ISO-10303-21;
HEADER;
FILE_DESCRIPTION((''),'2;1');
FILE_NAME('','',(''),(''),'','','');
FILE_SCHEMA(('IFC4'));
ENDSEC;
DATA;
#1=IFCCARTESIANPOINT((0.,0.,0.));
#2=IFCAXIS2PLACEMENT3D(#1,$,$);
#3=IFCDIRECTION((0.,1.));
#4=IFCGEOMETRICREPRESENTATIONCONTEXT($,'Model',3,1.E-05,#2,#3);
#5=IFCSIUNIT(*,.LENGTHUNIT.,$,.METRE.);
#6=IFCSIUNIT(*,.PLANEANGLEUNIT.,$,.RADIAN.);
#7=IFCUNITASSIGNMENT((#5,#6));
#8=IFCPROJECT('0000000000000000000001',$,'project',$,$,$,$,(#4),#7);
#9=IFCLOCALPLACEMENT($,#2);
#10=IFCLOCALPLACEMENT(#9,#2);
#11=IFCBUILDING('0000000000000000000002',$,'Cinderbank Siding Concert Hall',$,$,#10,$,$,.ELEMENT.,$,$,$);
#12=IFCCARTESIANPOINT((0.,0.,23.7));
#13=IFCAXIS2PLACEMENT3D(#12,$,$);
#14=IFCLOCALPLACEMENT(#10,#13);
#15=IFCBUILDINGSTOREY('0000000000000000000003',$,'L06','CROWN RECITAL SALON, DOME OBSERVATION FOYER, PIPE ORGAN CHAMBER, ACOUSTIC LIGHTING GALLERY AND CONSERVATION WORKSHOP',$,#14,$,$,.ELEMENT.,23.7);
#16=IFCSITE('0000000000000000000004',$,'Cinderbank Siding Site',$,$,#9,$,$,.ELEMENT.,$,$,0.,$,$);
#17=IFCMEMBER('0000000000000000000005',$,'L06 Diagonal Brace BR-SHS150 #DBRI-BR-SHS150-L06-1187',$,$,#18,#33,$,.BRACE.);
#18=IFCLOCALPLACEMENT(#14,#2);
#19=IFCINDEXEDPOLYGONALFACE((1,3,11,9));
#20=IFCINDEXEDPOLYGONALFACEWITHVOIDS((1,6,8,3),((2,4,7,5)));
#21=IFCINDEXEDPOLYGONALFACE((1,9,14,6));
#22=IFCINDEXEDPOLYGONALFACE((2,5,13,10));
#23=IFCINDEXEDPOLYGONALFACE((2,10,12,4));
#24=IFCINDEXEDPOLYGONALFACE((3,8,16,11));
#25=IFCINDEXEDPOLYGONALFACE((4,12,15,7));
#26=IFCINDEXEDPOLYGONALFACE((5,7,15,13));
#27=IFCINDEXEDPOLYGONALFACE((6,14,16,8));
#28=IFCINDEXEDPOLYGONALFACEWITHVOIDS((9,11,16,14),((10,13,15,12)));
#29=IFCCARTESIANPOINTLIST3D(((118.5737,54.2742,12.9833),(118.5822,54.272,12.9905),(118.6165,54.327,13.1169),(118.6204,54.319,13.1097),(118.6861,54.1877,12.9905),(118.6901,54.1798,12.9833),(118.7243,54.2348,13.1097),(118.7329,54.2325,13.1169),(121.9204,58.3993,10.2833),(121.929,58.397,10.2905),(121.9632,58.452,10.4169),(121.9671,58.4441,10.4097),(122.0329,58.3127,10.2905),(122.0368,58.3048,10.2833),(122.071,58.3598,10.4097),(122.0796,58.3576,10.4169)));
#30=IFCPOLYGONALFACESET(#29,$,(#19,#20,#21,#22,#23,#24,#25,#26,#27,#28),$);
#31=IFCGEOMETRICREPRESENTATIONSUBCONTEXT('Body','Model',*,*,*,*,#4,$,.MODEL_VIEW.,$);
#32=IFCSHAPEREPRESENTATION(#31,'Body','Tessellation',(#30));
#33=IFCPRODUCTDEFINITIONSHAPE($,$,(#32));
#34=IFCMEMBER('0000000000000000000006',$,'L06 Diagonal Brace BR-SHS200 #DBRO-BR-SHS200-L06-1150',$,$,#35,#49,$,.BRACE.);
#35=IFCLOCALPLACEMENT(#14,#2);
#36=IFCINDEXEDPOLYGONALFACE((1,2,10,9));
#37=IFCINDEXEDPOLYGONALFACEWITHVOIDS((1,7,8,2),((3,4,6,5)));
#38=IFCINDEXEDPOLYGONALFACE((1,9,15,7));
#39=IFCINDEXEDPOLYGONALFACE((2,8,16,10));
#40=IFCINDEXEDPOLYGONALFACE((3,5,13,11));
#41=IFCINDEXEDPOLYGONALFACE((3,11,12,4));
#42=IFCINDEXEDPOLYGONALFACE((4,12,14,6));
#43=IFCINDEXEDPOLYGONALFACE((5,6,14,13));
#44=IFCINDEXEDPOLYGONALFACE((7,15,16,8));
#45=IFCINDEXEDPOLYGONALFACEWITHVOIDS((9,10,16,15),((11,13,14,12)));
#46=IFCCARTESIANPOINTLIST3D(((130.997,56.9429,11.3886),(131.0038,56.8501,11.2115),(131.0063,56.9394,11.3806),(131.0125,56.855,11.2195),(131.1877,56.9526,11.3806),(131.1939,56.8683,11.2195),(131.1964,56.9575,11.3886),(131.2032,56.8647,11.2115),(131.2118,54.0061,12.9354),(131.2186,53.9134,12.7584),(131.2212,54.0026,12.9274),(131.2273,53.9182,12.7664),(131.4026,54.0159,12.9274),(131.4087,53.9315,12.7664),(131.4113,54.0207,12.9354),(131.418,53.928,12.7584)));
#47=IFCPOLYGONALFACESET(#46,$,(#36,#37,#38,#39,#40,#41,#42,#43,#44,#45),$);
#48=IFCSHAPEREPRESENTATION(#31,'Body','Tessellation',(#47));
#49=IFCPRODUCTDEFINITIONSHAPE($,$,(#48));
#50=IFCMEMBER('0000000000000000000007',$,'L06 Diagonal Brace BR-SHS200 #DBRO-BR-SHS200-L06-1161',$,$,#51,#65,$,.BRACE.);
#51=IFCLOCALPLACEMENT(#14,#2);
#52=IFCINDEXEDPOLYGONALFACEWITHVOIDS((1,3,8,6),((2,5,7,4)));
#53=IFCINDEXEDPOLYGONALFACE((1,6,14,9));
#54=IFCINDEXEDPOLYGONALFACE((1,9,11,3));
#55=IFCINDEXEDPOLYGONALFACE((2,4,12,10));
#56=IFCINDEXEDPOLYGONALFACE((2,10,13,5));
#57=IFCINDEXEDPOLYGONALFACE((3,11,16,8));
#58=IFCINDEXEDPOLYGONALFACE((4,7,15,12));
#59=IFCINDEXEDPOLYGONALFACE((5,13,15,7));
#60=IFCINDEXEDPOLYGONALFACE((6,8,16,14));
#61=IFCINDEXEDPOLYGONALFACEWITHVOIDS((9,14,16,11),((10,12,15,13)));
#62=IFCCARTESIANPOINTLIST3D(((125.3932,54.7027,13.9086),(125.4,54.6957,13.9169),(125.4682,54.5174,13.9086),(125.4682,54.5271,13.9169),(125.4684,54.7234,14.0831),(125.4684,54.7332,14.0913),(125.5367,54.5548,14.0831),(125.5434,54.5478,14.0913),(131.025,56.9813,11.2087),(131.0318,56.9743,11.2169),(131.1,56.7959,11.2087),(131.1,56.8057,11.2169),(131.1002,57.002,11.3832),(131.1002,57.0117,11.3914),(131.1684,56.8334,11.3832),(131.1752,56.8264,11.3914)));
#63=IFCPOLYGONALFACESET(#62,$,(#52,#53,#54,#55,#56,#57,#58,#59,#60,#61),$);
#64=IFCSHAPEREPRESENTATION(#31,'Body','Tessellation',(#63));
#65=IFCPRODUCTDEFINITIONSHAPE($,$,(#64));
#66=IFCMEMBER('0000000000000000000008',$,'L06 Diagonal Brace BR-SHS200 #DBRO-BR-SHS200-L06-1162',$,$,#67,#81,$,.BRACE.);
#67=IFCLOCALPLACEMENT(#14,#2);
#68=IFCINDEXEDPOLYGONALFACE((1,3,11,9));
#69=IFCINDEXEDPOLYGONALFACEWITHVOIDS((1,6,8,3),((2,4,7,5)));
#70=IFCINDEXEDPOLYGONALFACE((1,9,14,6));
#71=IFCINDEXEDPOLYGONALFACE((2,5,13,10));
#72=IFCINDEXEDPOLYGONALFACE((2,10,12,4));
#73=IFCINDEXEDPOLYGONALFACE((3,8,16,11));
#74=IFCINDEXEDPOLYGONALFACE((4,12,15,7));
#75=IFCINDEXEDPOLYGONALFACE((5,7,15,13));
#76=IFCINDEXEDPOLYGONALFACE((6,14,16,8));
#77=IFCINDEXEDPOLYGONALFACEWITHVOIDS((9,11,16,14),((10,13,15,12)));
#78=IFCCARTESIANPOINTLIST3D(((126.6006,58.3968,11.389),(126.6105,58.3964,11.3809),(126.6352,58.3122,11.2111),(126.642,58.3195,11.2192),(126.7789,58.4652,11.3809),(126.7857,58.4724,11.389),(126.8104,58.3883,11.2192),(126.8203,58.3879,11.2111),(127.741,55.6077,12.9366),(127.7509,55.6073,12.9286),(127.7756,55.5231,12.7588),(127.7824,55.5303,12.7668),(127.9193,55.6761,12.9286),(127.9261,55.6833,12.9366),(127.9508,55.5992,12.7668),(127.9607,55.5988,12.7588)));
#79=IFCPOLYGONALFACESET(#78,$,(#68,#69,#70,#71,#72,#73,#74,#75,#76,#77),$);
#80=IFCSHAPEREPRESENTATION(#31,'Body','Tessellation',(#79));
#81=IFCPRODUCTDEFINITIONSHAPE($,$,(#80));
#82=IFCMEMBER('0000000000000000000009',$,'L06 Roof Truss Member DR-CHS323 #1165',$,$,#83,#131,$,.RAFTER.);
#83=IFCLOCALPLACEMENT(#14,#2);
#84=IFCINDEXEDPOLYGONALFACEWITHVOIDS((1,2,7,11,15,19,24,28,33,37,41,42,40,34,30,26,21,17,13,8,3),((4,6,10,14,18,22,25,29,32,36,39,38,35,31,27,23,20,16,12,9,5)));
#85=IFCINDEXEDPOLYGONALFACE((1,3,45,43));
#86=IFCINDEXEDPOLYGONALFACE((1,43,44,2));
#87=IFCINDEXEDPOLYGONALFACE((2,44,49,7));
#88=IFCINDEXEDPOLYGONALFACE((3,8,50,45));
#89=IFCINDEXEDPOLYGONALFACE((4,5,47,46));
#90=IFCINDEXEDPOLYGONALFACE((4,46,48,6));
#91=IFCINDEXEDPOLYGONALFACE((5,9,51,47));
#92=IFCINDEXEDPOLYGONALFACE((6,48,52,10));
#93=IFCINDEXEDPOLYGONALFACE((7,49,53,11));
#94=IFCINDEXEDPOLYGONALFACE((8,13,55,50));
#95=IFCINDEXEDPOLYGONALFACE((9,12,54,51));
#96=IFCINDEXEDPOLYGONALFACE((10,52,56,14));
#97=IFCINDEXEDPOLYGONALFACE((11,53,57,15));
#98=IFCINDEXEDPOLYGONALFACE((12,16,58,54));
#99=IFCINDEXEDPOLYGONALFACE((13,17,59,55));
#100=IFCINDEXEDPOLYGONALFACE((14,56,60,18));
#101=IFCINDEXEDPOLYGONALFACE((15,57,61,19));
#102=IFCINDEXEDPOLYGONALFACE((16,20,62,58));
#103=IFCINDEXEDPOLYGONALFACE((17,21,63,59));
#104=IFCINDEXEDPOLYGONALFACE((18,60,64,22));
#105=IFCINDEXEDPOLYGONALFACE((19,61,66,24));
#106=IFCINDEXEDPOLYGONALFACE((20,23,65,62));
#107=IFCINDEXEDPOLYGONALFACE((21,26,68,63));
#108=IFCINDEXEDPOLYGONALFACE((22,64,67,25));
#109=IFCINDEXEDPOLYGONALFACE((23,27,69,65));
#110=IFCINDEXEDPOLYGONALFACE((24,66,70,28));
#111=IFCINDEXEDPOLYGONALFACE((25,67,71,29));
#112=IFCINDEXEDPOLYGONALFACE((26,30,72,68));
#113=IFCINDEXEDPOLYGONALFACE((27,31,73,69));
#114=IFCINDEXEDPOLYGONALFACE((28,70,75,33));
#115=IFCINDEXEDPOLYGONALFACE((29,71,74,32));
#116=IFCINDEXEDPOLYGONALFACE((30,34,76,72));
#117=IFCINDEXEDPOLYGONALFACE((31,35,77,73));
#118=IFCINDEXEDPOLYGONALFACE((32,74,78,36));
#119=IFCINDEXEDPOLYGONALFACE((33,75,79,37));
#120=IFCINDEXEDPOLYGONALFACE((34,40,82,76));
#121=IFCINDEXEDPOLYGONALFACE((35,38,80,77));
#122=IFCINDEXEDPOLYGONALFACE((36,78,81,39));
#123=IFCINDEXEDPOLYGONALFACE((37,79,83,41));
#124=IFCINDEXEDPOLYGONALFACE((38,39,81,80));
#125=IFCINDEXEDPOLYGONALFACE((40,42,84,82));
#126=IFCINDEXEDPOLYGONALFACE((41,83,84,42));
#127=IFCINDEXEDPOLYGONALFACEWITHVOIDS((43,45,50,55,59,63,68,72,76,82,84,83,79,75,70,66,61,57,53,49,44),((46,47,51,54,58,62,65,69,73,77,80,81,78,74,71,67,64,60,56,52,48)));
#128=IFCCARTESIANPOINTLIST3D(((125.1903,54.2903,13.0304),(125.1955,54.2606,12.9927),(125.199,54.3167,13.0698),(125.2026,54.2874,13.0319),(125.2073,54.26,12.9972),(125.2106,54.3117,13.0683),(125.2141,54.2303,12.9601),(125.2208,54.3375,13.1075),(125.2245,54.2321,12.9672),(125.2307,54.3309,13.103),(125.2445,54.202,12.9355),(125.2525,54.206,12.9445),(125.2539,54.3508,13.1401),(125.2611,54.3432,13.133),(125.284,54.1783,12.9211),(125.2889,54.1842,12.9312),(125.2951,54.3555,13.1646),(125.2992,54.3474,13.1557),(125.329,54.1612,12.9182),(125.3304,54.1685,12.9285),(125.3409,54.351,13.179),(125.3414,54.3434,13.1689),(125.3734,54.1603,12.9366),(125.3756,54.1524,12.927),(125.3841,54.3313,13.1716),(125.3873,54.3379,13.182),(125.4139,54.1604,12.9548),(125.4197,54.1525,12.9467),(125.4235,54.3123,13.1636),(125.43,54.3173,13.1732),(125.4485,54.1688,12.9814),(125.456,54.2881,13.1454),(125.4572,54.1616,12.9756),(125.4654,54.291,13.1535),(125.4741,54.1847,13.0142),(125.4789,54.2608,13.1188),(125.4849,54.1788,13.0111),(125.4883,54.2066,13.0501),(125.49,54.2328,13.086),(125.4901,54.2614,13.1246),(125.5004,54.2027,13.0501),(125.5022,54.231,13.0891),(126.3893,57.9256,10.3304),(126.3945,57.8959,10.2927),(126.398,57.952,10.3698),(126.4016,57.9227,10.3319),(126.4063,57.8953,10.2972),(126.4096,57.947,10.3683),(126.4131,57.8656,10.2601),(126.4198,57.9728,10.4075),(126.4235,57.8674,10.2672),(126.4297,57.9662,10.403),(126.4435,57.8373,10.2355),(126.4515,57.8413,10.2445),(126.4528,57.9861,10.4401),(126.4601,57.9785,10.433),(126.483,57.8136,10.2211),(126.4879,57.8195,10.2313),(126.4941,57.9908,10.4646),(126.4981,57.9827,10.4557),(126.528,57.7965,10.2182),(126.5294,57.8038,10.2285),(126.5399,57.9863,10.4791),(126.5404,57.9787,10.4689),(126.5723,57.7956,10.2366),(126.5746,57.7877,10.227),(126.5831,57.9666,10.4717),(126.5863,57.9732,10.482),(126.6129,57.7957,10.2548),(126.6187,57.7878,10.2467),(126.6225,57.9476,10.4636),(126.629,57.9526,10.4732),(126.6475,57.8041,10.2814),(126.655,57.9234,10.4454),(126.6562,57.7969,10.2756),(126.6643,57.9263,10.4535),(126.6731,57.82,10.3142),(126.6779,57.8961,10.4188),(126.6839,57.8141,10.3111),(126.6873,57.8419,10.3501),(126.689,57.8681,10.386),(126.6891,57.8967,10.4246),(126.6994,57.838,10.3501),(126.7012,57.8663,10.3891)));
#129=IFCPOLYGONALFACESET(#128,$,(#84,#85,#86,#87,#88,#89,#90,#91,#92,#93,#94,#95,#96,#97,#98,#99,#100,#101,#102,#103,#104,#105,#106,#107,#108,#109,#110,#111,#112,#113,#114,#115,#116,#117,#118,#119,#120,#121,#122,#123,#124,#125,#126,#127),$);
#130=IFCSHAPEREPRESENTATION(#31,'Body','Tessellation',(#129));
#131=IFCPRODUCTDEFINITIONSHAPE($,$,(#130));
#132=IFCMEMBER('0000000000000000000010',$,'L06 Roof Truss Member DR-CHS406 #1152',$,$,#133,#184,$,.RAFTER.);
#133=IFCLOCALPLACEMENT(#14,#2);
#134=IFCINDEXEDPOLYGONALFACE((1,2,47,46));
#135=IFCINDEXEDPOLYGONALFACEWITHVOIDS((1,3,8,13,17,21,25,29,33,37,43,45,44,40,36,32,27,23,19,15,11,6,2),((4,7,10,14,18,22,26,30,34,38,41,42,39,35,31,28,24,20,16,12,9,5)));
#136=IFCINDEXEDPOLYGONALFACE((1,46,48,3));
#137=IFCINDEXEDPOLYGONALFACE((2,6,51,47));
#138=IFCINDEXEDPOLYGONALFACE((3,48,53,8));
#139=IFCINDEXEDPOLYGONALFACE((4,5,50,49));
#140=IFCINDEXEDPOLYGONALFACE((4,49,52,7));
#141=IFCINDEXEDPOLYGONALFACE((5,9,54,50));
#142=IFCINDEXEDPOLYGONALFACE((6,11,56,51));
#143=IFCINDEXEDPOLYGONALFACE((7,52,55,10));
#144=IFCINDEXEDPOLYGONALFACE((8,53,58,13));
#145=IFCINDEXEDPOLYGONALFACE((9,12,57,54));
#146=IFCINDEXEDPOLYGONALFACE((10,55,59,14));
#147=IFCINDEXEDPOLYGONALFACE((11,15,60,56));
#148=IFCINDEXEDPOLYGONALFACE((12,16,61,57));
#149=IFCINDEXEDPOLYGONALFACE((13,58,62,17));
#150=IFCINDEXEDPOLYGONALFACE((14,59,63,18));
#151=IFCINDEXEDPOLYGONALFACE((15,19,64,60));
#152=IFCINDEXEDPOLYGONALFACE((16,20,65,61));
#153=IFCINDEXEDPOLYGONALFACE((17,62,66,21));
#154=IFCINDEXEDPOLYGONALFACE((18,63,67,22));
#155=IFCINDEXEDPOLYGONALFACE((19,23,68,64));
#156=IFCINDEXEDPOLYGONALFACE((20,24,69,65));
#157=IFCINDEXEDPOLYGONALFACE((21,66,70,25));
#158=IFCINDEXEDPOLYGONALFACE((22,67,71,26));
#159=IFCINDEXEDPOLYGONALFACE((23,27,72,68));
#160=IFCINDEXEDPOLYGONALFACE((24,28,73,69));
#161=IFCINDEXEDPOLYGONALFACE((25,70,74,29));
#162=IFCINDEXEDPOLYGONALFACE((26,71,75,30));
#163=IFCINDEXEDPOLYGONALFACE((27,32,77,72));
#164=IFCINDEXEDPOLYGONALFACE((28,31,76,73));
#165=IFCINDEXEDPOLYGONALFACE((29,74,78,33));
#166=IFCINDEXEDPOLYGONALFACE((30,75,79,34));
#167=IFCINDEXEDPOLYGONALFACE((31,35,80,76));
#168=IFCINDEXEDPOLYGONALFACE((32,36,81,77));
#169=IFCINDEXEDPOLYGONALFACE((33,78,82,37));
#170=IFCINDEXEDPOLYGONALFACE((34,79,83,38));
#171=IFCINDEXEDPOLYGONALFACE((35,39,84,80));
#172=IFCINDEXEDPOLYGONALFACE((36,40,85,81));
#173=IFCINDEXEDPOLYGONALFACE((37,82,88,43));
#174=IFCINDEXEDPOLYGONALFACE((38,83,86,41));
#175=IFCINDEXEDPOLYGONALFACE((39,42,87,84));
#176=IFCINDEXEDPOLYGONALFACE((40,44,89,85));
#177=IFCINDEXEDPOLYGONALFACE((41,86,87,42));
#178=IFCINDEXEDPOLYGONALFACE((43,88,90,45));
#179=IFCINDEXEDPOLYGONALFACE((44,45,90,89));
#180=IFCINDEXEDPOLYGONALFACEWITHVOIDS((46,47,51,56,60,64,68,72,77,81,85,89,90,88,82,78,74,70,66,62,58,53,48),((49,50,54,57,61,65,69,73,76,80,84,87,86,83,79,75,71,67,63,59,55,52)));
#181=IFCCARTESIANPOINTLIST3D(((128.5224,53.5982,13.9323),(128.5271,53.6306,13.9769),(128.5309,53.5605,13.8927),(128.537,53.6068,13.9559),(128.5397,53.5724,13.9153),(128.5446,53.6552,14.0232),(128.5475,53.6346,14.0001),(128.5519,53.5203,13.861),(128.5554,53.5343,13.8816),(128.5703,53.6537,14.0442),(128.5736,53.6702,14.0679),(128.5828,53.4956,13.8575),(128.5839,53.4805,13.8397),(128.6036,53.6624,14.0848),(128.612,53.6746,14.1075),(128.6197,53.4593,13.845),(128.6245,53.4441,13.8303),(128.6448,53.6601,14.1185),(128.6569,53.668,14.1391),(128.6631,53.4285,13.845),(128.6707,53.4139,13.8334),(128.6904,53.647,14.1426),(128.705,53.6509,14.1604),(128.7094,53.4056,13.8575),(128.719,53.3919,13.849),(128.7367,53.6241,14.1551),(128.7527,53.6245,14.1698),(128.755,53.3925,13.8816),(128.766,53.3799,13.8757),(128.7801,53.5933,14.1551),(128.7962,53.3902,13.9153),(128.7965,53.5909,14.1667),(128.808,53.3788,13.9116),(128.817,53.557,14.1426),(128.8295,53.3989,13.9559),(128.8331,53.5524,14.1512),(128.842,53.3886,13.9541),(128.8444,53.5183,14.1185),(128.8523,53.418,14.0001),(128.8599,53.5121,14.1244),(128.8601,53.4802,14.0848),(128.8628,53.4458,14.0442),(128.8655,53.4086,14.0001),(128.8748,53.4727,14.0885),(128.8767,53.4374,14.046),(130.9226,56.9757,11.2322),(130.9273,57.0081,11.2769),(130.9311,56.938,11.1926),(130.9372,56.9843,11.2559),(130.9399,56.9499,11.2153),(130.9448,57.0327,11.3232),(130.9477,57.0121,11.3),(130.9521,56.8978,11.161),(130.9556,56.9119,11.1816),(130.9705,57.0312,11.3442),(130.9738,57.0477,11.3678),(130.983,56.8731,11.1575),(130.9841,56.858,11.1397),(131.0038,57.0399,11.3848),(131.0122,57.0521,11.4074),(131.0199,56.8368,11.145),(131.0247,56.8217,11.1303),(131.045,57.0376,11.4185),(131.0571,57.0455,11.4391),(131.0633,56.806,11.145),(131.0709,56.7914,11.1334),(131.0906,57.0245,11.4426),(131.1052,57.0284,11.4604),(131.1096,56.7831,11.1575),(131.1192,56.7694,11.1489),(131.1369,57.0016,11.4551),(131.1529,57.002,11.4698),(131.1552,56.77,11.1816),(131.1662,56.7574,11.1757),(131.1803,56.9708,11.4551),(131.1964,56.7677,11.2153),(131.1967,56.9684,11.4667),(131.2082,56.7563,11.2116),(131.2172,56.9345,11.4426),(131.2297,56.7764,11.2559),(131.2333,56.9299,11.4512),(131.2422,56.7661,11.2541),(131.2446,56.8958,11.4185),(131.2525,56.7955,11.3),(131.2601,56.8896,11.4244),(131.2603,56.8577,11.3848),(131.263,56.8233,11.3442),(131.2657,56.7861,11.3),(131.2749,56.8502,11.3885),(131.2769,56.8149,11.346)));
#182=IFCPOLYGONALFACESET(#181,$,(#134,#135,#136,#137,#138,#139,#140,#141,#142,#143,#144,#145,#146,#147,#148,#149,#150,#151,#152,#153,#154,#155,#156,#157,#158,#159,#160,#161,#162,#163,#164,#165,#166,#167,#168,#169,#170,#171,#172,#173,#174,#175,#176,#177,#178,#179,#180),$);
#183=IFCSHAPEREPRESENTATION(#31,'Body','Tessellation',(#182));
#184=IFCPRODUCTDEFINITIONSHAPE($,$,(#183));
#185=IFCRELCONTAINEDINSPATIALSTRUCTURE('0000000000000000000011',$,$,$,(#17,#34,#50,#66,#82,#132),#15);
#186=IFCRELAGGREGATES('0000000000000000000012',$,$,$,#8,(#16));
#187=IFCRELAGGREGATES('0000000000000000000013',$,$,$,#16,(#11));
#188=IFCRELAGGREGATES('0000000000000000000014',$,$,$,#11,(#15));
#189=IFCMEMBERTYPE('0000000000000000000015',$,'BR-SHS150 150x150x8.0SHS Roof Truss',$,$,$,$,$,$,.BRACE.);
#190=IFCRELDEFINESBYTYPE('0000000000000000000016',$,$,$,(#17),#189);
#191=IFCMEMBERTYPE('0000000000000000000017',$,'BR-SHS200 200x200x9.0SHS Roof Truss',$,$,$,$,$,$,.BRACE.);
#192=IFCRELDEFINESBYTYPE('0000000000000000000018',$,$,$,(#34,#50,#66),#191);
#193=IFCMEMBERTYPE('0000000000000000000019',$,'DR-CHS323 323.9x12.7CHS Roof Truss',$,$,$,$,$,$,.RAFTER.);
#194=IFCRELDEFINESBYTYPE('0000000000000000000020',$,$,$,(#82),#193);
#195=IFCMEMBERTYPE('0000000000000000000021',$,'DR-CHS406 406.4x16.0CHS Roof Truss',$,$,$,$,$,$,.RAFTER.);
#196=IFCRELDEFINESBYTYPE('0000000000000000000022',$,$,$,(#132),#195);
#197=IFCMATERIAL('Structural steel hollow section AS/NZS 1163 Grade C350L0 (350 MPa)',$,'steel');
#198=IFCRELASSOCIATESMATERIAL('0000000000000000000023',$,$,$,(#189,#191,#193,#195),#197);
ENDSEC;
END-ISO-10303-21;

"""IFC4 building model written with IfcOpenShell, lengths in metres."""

from ifc_helpers import new_model, si_unit, direction, frame, origin, origin_2d, place, context, subcontext, project, spatial, hollow_rectangle, hollow_circle, extrude, material, material_profile, profile_set, type_object, element, save


model = new_model("IFC4")

# Units and contexts
model_context = context("Model", 3, precision=1e-05, world=origin(), true_north=direction((0.0, 1.0)))
body_context = subcontext(model_context, "Body", "Model", "MODEL_VIEW")
ifc_project = project(units=[si_unit("LENGTHUNIT", "METRE"), si_unit("PLANEANGLEUNIT", "RADIAN")], contexts=[model_context])

# Site, building, storey
site_placement = place(None, origin())
site = spatial("IfcSite", under=ifc_project, at=site_placement, Name="Cinderbank Siding Site", CompositionType="ELEMENT", RefElevation=0.0)
building_placement = place(site_placement, origin())
building = spatial("IfcBuilding", under=site, at=building_placement, Name="Cinderbank Siding Concert Hall", CompositionType="ELEMENT")
storey_placement = place(building_placement, frame((0.0, 0.0, 23.7)))
storey = spatial("IfcBuildingStorey", under=building, at=storey_placement, Name="L06", Description="CROWN RECITAL SALON, DOME OBSERVATION FOYER, PIPE ORGAN CHAMBER, ACOUSTIC LIGHTING GALLERY AND CONSERVATION WORKSHOP", CompositionType="ELEMENT", Elevation=23.7)

# Members
ifc_material_1 = material(Name="Structural steel hollow section AS/NZS 1163 Grade C350L0 (350 MPa)", Category="steel")
ifc_material_profile_1 = material_profile(ifc_material_1, hollow_rectangle(XDim=0.1499, YDim=0.1499, WallThickness=0.0081, at=origin_2d()), Name="150x150x8.0SHS", Category="LoadBearing")
ifc_profile_set_1 = profile_set([ifc_material_profile_1], Name="Structural steel hollow section AS/NZS 1163 Grade C350L0 (350 MPa)")
member_type_1 = type_object("IfcMemberType", Name="BR-SHS150 150x150x8.0SHS Roof Truss", PredefinedType="BRACE", material=ifc_profile_set_1)
member_1_placement = place(storey_placement, frame((122.0, 58.3784, 10.3501), z_axis=(-0.56165, -0.69227, 0.453114), x_axis=(0.776564, -0.630039, 0.0)))
element("IfcMember", 1, at=member_1_placement, inside=storey, type_object=member_type_1, Name="L06 Diagonal Brace BR-SHS150 #DBRI-BR-SHS150-L06-1187", PredefinedType="BRACE", context=body_context, shape_type="SweptSolid", body=[
    extrude(hollow_rectangle(XDim=0.1499, YDim=0.1499, WallThickness=0.0081, at=origin_2d()), origin(), (0.0, 0.0, 1.0), 5.9587),
])
ifc_material_profile_2 = material_profile(ifc_material_1, hollow_rectangle(XDim=0.2, YDim=0.2, WallThickness=0.009, at=origin_2d()), Name="200x200x9.0SHS", Category="LoadBearing")
ifc_profile_set_2 = profile_set([ifc_material_profile_2], Name="Structural steel hollow section AS/NZS 1163 Grade C350L0 (350 MPa)")
member_type_2 = type_object("IfcMemberType", Name="BR-SHS200 200x200x9.0SHS Roof Truss", PredefinedType="BRACE", material=ifc_profile_set_2)
member_2_placement = place(storey_placement, frame((131.1001, 56.9038, 11.3), z_axis=(0.064591, -0.882921, 0.465058), x_axis=(0.997335, 0.072962, 0.0)))
element("IfcMember", 2, at=member_2_placement, inside=storey, type_object=member_type_2, Name="L06 Diagonal Brace BR-SHS200 #DBRO-BR-SHS200-L06-1150", PredefinedType="BRACE", context=body_context, shape_type="SweptSolid", body=[
    extrude(hollow_rectangle(XDim=0.2, YDim=0.2, WallThickness=0.009, at=origin_2d()), origin(), (0.0, 0.0, 1.0), 3.3262),
])
member_3_placement = place(storey_placement, frame((131.1001, 56.9038, 11.3), z_axis=(-0.847116, -0.342732, 0.406115), x_axis=(0.375053, -0.927003, 0.0)))
element("IfcMember", 3, at=member_3_placement, inside=storey, type_object=member_type_2, Name="L06 Diagonal Brace BR-SHS200 #DBRO-BR-SHS200-L06-1161", PredefinedType="BRACE", context=body_context, shape_type="SweptSolid", body=[
    extrude(hollow_rectangle(XDim=0.2, YDim=0.2, WallThickness=0.009, at=origin_2d()), origin(), (0.0, 0.0, 1.0), 6.6482),
])
member_4_placement = place(storey_placement, frame((126.7104, 58.3923, 11.3), z_axis=(0.336654, -0.823366, 0.456873), x_axis=(0.925617, 0.378462, 0.0)))
element("IfcMember", 4, at=member_4_placement, inside=storey, type_object=member_type_2, Name="L06 Diagonal Brace BR-SHS200 #DBRO-BR-SHS200-L06-1162", PredefinedType="BRACE", context=body_context, shape_type="SweptSolid", body=[
    extrude(hollow_rectangle(XDim=0.2, YDim=0.2, WallThickness=0.009, at=origin_2d()), origin(), (0.0, 0.0, 1.0), 3.3875),
])
ifc_material_profile_3 = material_profile(ifc_material_1, hollow_circle(Radius=0.1619, WallThickness=0.0127, at=origin_2d()), Name="323.9x12.7CHS", Category="LoadBearing")
ifc_profile_set_3 = profile_set([ifc_material_profile_3], Name="Structural steel hollow section AS/NZS 1163 Grade C350L0 (350 MPa)")
member_type_3 = type_object("IfcMemberType", Name="DR-CHS323 323.9x12.7CHS Roof Truss", PredefinedType="RAFTER", material=ifc_profile_set_3)
member_5_placement = place(storey_placement, frame((126.5457, 57.8887, 10.3501), z_axis=(-0.255958, -0.776056, 0.576387), x_axis=(0.94968, -0.313222, 0.0)))
element("IfcMember", 5, at=member_5_placement, inside=storey, type_object=member_type_3, Name="L06 Roof Truss Member DR-CHS323 #1165", PredefinedType="RAFTER", context=body_context, shape_type="SweptSolid", body=[
    extrude(hollow_circle(Radius=0.1619, WallThickness=0.0127, at=origin_2d()), origin(), (0.0, 0.0, 1.0), 4.6843),
])
ifc_material_profile_4 = material_profile(ifc_material_1, hollow_circle(Radius=0.2031, WallThickness=0.0161, at=origin_2d()), Name="406.4x16.0CHS", Category="LoadBearing")
ifc_profile_set_4 = profile_set([ifc_material_profile_4], Name="Structural steel hollow section AS/NZS 1163 Grade C350L0 (350 MPa)")
member_type_4 = type_object("IfcMemberType", Name="DR-CHS406 406.4x16.0CHS Roof Truss", PredefinedType="RAFTER", material=ifc_profile_set_4)
member_6_placement = place(storey_placement, frame((131.1001, 56.9038, 11.3), z_axis=(-0.485323, -0.682938, 0.545946), x_axis=(0.815136, -0.579269, 0.0)))
element("IfcMember", 6, at=member_6_placement, inside=storey, type_object=member_type_4, Name="L06 Roof Truss Member DR-CHS406 #1152", PredefinedType="RAFTER", context=body_context, shape_type="SweptSolid", body=[
    extrude(hollow_circle(Radius=0.2031, WallThickness=0.0161, at=origin_2d()), origin(), (0.0, 0.0, 1.0), 4.9456),
])

save(model, "model.ifc")
